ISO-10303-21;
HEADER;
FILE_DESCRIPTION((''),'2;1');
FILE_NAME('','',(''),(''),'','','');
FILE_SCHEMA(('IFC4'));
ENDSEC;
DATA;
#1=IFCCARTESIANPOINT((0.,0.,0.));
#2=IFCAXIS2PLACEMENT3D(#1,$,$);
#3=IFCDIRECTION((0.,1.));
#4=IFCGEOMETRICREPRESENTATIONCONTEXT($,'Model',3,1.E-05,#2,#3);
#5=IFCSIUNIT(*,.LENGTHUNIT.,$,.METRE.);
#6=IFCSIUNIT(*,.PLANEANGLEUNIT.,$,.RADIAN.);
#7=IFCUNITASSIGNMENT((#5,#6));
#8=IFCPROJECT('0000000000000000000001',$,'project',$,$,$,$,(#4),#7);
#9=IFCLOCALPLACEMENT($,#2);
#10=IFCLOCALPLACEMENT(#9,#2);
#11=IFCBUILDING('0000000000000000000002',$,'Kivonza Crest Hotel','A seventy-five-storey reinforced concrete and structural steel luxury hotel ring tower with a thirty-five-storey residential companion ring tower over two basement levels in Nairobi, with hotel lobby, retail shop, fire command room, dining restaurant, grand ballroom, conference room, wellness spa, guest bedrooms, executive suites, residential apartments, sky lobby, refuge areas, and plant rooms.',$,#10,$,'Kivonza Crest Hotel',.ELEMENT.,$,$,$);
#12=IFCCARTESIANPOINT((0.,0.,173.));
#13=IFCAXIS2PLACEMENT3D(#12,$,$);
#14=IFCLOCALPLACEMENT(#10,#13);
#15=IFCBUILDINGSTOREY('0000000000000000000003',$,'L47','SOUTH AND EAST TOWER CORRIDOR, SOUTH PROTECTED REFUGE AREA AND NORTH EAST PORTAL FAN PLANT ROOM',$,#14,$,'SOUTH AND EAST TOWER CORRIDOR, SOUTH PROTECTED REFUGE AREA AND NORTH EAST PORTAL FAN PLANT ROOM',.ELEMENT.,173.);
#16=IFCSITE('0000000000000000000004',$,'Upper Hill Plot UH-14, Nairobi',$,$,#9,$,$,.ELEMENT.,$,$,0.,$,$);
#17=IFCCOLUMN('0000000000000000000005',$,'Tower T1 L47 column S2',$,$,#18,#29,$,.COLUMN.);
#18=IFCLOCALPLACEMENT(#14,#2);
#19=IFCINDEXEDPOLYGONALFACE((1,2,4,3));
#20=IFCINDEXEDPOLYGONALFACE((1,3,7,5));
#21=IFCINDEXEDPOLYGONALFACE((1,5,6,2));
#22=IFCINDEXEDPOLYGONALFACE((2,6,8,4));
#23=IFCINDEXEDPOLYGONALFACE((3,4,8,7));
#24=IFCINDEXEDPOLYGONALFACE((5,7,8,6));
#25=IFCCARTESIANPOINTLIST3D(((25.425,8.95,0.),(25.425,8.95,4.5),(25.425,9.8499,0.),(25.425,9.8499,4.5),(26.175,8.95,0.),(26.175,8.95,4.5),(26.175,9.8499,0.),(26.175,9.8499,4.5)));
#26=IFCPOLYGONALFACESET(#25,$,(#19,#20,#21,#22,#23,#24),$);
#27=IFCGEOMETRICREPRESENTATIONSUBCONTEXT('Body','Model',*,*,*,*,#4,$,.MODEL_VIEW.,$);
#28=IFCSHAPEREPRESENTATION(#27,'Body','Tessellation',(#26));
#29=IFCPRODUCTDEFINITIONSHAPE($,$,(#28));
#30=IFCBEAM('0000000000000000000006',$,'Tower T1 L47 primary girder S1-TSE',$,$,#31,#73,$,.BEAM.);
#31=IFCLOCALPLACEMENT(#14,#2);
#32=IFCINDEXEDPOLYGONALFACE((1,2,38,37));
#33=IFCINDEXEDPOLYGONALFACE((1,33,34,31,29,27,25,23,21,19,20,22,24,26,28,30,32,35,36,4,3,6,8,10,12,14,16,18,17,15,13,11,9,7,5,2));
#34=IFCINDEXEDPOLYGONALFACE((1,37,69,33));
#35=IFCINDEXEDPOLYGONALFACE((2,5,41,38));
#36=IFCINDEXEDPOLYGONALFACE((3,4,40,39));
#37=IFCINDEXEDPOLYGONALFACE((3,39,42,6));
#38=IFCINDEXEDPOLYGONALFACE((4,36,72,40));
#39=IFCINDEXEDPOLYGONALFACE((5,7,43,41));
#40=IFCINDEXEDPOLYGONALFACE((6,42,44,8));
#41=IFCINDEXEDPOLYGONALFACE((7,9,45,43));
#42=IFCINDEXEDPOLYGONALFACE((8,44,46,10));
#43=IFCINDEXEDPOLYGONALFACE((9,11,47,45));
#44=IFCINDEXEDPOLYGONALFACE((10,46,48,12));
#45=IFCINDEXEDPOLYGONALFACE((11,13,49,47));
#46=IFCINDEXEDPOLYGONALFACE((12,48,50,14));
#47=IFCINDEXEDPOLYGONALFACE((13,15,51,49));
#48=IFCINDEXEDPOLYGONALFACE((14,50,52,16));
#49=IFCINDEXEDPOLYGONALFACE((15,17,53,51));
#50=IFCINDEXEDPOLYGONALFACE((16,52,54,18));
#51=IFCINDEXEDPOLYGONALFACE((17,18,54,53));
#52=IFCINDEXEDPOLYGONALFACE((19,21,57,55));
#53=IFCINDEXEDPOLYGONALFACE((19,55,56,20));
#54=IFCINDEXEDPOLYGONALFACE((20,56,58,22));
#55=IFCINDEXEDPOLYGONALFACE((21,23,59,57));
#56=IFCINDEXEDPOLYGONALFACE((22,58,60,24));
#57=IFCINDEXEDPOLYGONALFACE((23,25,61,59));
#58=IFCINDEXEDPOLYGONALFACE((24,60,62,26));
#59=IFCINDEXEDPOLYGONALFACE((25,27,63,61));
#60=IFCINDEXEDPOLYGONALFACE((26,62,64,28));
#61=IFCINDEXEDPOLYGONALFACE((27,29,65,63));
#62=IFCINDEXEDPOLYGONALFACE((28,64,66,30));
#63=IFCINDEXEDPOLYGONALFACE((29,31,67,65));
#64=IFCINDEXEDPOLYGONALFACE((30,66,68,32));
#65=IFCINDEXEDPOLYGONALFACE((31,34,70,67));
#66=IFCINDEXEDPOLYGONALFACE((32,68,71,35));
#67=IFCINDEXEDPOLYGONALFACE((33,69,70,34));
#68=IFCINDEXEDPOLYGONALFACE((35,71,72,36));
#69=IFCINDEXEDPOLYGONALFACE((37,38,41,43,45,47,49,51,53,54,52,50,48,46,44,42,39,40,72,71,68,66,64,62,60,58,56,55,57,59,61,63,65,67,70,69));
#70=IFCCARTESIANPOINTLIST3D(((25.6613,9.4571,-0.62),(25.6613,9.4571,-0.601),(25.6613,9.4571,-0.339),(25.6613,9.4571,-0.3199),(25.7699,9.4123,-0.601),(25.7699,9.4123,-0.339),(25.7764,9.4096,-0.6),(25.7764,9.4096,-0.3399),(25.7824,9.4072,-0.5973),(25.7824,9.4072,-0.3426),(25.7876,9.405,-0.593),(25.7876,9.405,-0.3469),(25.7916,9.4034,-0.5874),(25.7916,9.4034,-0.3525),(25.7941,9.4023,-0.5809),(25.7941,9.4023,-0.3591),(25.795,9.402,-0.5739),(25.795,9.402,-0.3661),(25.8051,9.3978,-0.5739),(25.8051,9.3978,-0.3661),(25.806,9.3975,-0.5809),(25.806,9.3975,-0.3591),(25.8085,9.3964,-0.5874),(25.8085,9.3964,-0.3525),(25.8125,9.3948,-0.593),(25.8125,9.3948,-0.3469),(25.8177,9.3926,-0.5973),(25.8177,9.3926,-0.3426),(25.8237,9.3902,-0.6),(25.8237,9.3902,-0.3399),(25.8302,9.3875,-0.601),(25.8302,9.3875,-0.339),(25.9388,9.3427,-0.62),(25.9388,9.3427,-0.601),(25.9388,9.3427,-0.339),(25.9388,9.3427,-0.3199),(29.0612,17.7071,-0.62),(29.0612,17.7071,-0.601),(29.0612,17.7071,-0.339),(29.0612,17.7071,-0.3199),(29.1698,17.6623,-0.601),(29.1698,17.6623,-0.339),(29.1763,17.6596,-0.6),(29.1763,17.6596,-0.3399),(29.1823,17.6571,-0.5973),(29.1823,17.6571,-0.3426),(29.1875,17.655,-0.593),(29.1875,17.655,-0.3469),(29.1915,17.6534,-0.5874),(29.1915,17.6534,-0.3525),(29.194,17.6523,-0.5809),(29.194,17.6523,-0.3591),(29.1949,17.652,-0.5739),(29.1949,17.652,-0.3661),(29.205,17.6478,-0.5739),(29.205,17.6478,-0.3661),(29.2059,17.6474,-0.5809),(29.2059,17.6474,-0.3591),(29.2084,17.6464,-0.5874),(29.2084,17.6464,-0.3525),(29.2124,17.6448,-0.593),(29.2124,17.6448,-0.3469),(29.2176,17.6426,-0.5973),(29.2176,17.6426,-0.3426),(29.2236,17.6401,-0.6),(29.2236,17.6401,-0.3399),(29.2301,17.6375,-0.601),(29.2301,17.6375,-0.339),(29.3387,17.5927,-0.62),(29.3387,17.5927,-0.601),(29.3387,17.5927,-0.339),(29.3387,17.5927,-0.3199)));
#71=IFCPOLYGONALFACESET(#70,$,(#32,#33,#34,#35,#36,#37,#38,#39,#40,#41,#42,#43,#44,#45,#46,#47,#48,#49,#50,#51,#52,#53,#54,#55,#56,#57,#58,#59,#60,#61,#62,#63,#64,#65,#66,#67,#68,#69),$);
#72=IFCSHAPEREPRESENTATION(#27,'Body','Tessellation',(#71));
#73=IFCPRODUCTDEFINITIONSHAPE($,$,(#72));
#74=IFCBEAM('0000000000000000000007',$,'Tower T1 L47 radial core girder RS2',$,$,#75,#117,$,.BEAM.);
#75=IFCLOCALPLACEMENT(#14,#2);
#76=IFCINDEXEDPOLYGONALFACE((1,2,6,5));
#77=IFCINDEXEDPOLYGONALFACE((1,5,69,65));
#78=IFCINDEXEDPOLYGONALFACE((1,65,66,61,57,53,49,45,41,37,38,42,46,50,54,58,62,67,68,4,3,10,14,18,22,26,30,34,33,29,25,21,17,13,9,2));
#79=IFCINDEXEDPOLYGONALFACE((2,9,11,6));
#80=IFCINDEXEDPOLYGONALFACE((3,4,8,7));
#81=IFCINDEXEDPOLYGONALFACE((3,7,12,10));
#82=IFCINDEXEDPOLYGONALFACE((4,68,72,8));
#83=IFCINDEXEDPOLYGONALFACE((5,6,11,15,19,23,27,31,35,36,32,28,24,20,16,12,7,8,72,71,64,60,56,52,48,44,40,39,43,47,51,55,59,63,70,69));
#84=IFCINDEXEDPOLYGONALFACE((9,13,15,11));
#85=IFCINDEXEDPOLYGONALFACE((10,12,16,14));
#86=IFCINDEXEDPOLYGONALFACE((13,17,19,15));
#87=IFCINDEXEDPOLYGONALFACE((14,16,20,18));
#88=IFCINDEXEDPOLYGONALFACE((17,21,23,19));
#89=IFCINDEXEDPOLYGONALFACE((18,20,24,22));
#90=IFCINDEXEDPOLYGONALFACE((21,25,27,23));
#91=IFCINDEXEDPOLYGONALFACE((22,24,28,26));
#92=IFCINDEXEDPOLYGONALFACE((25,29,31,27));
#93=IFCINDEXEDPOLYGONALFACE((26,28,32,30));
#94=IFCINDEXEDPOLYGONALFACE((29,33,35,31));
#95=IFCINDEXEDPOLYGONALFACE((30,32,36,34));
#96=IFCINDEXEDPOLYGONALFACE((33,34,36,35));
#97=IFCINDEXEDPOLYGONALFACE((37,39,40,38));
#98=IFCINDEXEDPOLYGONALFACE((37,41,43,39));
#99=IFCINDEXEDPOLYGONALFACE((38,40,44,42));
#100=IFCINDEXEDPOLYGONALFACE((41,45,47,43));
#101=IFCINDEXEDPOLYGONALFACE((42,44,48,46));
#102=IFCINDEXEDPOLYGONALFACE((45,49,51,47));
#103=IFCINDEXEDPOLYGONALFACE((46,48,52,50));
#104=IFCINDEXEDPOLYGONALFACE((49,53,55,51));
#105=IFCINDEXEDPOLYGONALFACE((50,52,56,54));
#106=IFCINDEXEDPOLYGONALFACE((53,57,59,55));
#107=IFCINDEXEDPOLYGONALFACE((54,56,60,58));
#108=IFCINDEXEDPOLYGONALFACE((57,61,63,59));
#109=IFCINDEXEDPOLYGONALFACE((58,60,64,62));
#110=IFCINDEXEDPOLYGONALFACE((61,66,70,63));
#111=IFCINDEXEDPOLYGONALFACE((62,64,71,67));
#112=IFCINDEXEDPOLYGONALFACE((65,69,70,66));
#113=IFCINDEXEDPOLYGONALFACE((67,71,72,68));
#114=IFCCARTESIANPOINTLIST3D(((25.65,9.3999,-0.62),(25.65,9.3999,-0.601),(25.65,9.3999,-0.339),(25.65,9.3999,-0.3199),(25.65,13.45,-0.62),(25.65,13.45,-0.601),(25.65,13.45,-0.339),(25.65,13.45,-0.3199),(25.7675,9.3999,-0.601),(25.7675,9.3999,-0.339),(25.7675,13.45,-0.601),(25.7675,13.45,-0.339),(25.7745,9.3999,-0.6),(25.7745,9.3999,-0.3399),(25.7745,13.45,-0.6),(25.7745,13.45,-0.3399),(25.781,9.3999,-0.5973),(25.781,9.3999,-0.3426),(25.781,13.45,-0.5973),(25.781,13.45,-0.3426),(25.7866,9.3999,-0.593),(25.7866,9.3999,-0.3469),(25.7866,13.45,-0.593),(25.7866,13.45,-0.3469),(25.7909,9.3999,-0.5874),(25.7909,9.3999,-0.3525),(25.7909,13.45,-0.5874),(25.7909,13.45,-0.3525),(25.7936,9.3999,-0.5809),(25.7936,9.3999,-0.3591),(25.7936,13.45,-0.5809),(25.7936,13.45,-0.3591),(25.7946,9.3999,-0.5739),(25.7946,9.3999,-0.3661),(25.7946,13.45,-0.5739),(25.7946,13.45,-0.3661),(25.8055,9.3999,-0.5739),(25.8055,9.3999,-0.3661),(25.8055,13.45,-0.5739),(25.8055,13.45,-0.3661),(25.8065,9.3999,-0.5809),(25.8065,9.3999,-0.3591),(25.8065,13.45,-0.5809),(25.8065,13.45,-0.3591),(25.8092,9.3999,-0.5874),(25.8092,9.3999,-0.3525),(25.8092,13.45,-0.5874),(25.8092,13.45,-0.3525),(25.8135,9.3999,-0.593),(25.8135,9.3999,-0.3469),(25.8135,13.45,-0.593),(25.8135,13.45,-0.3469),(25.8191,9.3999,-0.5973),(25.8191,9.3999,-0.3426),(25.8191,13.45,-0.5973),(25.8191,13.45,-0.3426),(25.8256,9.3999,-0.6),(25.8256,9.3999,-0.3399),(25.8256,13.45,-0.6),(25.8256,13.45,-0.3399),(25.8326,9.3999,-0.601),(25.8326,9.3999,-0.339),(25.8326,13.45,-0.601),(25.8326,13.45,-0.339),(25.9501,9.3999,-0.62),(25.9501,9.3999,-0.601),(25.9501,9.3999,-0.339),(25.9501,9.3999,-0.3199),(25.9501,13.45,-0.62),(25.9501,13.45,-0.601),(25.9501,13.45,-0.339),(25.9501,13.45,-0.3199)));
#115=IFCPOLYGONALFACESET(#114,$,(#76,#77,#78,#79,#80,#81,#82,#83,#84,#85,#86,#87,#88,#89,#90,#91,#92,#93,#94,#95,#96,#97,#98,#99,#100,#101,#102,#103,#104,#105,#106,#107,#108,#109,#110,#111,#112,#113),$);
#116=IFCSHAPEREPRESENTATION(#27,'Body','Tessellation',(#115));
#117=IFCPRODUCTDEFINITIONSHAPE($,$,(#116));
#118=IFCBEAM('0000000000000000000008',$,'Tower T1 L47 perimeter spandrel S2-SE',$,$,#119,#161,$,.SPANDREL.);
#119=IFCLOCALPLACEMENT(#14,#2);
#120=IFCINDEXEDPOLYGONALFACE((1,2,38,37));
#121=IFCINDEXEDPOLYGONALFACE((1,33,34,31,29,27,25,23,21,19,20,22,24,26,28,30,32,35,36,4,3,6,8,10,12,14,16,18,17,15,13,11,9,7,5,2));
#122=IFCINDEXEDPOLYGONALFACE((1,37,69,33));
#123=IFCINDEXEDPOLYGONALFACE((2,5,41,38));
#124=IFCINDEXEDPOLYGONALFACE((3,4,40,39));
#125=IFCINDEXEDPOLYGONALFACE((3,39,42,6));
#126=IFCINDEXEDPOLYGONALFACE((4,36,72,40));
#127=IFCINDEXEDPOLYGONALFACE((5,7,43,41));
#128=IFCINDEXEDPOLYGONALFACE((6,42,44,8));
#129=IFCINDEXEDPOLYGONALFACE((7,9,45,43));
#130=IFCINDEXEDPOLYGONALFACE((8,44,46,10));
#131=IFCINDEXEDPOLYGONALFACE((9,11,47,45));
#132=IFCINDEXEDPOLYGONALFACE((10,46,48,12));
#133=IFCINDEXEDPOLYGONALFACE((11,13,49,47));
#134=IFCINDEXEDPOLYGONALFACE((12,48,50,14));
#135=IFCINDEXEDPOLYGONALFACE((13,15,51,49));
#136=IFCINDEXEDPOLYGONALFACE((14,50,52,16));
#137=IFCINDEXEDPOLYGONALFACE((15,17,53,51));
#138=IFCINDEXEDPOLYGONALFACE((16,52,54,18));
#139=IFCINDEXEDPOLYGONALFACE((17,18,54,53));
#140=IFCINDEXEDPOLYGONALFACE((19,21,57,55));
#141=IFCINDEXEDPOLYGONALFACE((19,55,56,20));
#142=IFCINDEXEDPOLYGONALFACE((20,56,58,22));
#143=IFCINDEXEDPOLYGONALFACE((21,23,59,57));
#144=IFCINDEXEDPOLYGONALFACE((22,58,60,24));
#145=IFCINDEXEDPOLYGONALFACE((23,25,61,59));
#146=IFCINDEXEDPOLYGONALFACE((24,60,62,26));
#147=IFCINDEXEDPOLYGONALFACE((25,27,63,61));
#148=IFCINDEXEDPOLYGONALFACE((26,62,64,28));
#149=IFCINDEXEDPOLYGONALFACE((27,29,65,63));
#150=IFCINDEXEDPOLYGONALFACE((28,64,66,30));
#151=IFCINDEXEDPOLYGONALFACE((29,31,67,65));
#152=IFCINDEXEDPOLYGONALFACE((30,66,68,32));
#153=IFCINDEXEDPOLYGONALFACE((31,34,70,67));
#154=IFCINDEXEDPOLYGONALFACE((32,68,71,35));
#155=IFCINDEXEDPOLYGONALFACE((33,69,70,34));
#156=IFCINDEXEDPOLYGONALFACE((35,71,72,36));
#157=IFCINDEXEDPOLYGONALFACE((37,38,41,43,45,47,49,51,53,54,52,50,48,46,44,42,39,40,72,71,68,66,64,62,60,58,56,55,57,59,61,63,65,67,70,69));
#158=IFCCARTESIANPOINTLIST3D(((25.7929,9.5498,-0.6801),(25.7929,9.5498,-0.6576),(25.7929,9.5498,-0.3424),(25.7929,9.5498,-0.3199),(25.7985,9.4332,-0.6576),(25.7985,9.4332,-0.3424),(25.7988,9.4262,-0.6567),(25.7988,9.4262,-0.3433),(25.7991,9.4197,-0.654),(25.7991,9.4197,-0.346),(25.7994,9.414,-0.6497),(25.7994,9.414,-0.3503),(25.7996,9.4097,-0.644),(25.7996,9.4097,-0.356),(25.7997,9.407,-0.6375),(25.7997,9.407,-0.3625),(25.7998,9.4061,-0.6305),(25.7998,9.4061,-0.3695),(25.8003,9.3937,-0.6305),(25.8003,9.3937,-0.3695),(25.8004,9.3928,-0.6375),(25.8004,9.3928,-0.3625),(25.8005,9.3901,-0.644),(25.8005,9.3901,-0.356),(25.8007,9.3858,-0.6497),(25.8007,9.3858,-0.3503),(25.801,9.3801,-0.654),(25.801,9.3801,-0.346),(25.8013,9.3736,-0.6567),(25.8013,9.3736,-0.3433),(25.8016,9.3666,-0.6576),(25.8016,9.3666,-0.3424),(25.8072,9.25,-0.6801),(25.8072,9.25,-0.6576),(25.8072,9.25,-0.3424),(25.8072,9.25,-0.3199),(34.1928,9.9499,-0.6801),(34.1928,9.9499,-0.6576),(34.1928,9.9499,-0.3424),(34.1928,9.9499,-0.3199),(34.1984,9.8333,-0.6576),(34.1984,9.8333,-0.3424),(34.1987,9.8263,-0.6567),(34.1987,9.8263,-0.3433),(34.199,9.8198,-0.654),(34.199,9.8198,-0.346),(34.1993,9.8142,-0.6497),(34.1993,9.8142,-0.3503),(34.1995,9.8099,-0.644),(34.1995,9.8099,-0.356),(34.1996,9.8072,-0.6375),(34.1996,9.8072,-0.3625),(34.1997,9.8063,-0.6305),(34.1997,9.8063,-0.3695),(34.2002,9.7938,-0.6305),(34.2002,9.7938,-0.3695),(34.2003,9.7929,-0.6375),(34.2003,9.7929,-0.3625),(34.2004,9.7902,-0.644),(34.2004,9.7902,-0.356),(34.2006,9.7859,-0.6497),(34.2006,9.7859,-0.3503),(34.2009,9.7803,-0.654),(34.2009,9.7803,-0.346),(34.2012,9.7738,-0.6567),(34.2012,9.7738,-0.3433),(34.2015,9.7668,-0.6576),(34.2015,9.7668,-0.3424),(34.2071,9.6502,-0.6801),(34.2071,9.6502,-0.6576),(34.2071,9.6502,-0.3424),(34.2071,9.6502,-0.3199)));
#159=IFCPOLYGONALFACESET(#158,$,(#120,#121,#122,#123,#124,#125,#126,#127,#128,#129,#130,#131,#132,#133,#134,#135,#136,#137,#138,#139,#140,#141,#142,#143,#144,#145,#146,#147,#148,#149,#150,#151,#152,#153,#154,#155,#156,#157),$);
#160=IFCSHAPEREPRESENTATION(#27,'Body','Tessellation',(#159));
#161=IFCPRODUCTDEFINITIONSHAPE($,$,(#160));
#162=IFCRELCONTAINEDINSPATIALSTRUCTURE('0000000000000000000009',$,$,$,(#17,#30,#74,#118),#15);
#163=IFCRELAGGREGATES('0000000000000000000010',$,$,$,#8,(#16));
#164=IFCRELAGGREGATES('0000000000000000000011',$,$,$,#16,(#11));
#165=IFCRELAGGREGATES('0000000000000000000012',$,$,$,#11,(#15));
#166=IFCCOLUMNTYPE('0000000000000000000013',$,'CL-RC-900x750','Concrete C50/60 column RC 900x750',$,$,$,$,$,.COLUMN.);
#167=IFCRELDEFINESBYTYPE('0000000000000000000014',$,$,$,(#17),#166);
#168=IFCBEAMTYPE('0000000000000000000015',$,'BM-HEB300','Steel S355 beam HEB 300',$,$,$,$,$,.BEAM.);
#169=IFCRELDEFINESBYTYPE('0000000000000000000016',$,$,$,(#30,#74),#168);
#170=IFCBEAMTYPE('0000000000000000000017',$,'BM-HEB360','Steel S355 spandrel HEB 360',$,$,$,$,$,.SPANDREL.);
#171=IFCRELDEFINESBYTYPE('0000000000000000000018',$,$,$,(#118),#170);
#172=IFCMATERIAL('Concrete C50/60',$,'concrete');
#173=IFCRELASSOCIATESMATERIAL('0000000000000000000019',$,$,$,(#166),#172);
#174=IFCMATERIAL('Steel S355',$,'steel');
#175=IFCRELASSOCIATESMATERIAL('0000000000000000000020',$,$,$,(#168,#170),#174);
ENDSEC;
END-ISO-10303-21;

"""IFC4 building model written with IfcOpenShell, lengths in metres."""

from ifc_helpers import new_model, si_unit, direction, frame, origin, origin_2d, place, context, subcontext, project, spatial, rectangle, i_section, extrude, material, material_profile, profile_set, type_object, element, save


model = new_model("IFC4")

# Units and contexts
model_context = context("Model", 3, precision=1e-05, world=origin(), true_north=direction((0.0, 1.0)))
body_context = subcontext(model_context, "Body", "Model", "MODEL_VIEW")
ifc_project = project(units=[si_unit("LENGTHUNIT", "METRE"), si_unit("PLANEANGLEUNIT", "RADIAN")], contexts=[model_context])

# Site, building, storey
site_placement = place(None, origin())
site = spatial("IfcSite", under=ifc_project, at=site_placement, Name="Upper Hill Plot UH-14, Nairobi", CompositionType="ELEMENT", RefElevation=0.0)
building_placement = place(site_placement, origin())
building = spatial("IfcBuilding", under=site, at=building_placement, Name="Kivonza Crest Hotel", Description="A seventy-five-storey reinforced concrete and structural steel luxury hotel ring tower with a thirty-five-storey residential companion ring tower over two basement levels in Nairobi, with hotel lobby, retail shop, fire command room, dining restaurant, grand ballroom, conference room, wellness spa, guest bedrooms, executive suites, residential apartments, sky lobby, refuge areas, and plant rooms.", LongName="Kivonza Crest Hotel", CompositionType="ELEMENT")
storey_placement = place(building_placement, frame((0.0, 0.0, 173.0)))
storey = spatial("IfcBuildingStorey", under=building, at=storey_placement, Name="L47", Description="SOUTH AND EAST TOWER CORRIDOR, SOUTH PROTECTED REFUGE AREA AND NORTH EAST PORTAL FAN PLANT ROOM", LongName="SOUTH AND EAST TOWER CORRIDOR, SOUTH PROTECTED REFUGE AREA AND NORTH EAST PORTAL FAN PLANT ROOM", CompositionType="ELEMENT", Elevation=173.0)

# Column
ifc_material_1 = material(Name="Concrete C50/60", Category="concrete")
ifc_material_profile_1 = material_profile(ifc_material_1, rectangle(XDim=0.75, YDim=0.8999, at=origin_2d()), Name="RC 900x750")
ifc_profile_set_1 = profile_set([ifc_material_profile_1], Name="Concrete C50/60")
column_type = type_object("IfcColumnType", Name="CL-RC-900x750", Description="Concrete C50/60 column RC 900x750", PredefinedType="COLUMN", material=ifc_profile_set_1)
column_placement = place(storey_placement, frame((25.8, 9.3999, 0.0), z_axis=(0.0, 0.0, 1.0), x_axis=(1.0, 0.0, 0.0)))
element("IfcColumn", 1, at=column_placement, inside=storey, type_object=column_type, Name="Tower T1 L47 column S2", PredefinedType="COLUMN", context=body_context, shape_type="SweptSolid", body=[
    extrude(rectangle(XDim=0.75, YDim=0.8999, at=origin_2d()), origin(), (0.0, 0.0, 1.0), 4.5),
])

# Beams
ifc_material_2 = material(Name="Steel S355", Category="steel")
ifc_material_profile_2 = material_profile(ifc_material_2, i_section(OverallWidth=0.3, OverallDepth=0.3, WebThickness=0.011, FlangeThickness=0.019, FilletRadius=0.0271, at=origin_2d()), Name="HEB 300")
ifc_profile_set_2 = profile_set([ifc_material_profile_2], Name="Steel S355")
beam_type_1 = type_object("IfcBeamType", Name="BM-HEB300", Description="Steel S355 beam HEB 300", PredefinedType="BEAM", material=ifc_profile_set_2)
beam_1_placement = place(storey_placement, frame((25.8, 9.3999, -0.47), z_axis=(0.381022, 0.924566, 0.0), x_axis=(-0.924566, 0.381022, 0.0)))
element("IfcBeam", 2, at=beam_1_placement, inside=storey, type_object=beam_type_1, Name="Tower T1 L47 primary girder S1-TSE", PredefinedType="BEAM", context=body_context, shape_type="SweptSolid", body=[
    extrude(i_section(OverallWidth=0.3, OverallDepth=0.3, WebThickness=0.011, FlangeThickness=0.019, FilletRadius=0.0271, at=origin_2d()), origin(), (0.0, 0.0, 1.0), 8.9231),
])
beam_2_placement = place(storey_placement, frame((25.8, 9.3999, -0.47), z_axis=(0.0, 1.0, 0.0), x_axis=(-1.0, 0.0, 0.0)))
element("IfcBeam", 3, at=beam_2_placement, inside=storey, type_object=beam_type_1, Name="Tower T1 L47 radial core girder RS2", PredefinedType="BEAM", context=body_context, shape_type="SweptSolid", body=[
    extrude(i_section(OverallWidth=0.3, OverallDepth=0.3, WebThickness=0.011, FlangeThickness=0.019, FilletRadius=0.0271, at=origin_2d()), origin(), (0.0, 0.0, 1.0), 4.05),
])
ifc_material_profile_3 = material_profile(ifc_material_2, i_section(OverallWidth=0.3, OverallDepth=0.3601, WebThickness=0.0125, FlangeThickness=0.0225, FilletRadius=0.0271, at=origin_2d()), Name="HEB 360")
ifc_profile_set_3 = profile_set([ifc_material_profile_3], Name="Steel S355")
beam_type_2 = type_object("IfcBeamType", Name="BM-HEB360", Description="Steel S355 spandrel HEB 360", PredefinedType="SPANDREL", material=ifc_profile_set_3)
beam_3_placement = place(storey_placement, frame((25.8, 9.3999, -0.5), z_axis=(0.998867, 0.047583, 0.0), x_axis=(-0.047583, 0.998867, 0.0)))
element("IfcBeam", 4, at=beam_3_placement, inside=storey, type_object=beam_type_2, Name="Tower T1 L47 perimeter spandrel S2-SE", PredefinedType="SPANDREL", context=body_context, shape_type="SweptSolid", body=[
    extrude(i_section(OverallWidth=0.3, OverallDepth=0.3601, WebThickness=0.0125, FlangeThickness=0.0225, FilletRadius=0.0271, at=origin_2d()), origin(), (0.0, 0.0, 1.0), 8.4094),
])

save(model, "model.ifc")
